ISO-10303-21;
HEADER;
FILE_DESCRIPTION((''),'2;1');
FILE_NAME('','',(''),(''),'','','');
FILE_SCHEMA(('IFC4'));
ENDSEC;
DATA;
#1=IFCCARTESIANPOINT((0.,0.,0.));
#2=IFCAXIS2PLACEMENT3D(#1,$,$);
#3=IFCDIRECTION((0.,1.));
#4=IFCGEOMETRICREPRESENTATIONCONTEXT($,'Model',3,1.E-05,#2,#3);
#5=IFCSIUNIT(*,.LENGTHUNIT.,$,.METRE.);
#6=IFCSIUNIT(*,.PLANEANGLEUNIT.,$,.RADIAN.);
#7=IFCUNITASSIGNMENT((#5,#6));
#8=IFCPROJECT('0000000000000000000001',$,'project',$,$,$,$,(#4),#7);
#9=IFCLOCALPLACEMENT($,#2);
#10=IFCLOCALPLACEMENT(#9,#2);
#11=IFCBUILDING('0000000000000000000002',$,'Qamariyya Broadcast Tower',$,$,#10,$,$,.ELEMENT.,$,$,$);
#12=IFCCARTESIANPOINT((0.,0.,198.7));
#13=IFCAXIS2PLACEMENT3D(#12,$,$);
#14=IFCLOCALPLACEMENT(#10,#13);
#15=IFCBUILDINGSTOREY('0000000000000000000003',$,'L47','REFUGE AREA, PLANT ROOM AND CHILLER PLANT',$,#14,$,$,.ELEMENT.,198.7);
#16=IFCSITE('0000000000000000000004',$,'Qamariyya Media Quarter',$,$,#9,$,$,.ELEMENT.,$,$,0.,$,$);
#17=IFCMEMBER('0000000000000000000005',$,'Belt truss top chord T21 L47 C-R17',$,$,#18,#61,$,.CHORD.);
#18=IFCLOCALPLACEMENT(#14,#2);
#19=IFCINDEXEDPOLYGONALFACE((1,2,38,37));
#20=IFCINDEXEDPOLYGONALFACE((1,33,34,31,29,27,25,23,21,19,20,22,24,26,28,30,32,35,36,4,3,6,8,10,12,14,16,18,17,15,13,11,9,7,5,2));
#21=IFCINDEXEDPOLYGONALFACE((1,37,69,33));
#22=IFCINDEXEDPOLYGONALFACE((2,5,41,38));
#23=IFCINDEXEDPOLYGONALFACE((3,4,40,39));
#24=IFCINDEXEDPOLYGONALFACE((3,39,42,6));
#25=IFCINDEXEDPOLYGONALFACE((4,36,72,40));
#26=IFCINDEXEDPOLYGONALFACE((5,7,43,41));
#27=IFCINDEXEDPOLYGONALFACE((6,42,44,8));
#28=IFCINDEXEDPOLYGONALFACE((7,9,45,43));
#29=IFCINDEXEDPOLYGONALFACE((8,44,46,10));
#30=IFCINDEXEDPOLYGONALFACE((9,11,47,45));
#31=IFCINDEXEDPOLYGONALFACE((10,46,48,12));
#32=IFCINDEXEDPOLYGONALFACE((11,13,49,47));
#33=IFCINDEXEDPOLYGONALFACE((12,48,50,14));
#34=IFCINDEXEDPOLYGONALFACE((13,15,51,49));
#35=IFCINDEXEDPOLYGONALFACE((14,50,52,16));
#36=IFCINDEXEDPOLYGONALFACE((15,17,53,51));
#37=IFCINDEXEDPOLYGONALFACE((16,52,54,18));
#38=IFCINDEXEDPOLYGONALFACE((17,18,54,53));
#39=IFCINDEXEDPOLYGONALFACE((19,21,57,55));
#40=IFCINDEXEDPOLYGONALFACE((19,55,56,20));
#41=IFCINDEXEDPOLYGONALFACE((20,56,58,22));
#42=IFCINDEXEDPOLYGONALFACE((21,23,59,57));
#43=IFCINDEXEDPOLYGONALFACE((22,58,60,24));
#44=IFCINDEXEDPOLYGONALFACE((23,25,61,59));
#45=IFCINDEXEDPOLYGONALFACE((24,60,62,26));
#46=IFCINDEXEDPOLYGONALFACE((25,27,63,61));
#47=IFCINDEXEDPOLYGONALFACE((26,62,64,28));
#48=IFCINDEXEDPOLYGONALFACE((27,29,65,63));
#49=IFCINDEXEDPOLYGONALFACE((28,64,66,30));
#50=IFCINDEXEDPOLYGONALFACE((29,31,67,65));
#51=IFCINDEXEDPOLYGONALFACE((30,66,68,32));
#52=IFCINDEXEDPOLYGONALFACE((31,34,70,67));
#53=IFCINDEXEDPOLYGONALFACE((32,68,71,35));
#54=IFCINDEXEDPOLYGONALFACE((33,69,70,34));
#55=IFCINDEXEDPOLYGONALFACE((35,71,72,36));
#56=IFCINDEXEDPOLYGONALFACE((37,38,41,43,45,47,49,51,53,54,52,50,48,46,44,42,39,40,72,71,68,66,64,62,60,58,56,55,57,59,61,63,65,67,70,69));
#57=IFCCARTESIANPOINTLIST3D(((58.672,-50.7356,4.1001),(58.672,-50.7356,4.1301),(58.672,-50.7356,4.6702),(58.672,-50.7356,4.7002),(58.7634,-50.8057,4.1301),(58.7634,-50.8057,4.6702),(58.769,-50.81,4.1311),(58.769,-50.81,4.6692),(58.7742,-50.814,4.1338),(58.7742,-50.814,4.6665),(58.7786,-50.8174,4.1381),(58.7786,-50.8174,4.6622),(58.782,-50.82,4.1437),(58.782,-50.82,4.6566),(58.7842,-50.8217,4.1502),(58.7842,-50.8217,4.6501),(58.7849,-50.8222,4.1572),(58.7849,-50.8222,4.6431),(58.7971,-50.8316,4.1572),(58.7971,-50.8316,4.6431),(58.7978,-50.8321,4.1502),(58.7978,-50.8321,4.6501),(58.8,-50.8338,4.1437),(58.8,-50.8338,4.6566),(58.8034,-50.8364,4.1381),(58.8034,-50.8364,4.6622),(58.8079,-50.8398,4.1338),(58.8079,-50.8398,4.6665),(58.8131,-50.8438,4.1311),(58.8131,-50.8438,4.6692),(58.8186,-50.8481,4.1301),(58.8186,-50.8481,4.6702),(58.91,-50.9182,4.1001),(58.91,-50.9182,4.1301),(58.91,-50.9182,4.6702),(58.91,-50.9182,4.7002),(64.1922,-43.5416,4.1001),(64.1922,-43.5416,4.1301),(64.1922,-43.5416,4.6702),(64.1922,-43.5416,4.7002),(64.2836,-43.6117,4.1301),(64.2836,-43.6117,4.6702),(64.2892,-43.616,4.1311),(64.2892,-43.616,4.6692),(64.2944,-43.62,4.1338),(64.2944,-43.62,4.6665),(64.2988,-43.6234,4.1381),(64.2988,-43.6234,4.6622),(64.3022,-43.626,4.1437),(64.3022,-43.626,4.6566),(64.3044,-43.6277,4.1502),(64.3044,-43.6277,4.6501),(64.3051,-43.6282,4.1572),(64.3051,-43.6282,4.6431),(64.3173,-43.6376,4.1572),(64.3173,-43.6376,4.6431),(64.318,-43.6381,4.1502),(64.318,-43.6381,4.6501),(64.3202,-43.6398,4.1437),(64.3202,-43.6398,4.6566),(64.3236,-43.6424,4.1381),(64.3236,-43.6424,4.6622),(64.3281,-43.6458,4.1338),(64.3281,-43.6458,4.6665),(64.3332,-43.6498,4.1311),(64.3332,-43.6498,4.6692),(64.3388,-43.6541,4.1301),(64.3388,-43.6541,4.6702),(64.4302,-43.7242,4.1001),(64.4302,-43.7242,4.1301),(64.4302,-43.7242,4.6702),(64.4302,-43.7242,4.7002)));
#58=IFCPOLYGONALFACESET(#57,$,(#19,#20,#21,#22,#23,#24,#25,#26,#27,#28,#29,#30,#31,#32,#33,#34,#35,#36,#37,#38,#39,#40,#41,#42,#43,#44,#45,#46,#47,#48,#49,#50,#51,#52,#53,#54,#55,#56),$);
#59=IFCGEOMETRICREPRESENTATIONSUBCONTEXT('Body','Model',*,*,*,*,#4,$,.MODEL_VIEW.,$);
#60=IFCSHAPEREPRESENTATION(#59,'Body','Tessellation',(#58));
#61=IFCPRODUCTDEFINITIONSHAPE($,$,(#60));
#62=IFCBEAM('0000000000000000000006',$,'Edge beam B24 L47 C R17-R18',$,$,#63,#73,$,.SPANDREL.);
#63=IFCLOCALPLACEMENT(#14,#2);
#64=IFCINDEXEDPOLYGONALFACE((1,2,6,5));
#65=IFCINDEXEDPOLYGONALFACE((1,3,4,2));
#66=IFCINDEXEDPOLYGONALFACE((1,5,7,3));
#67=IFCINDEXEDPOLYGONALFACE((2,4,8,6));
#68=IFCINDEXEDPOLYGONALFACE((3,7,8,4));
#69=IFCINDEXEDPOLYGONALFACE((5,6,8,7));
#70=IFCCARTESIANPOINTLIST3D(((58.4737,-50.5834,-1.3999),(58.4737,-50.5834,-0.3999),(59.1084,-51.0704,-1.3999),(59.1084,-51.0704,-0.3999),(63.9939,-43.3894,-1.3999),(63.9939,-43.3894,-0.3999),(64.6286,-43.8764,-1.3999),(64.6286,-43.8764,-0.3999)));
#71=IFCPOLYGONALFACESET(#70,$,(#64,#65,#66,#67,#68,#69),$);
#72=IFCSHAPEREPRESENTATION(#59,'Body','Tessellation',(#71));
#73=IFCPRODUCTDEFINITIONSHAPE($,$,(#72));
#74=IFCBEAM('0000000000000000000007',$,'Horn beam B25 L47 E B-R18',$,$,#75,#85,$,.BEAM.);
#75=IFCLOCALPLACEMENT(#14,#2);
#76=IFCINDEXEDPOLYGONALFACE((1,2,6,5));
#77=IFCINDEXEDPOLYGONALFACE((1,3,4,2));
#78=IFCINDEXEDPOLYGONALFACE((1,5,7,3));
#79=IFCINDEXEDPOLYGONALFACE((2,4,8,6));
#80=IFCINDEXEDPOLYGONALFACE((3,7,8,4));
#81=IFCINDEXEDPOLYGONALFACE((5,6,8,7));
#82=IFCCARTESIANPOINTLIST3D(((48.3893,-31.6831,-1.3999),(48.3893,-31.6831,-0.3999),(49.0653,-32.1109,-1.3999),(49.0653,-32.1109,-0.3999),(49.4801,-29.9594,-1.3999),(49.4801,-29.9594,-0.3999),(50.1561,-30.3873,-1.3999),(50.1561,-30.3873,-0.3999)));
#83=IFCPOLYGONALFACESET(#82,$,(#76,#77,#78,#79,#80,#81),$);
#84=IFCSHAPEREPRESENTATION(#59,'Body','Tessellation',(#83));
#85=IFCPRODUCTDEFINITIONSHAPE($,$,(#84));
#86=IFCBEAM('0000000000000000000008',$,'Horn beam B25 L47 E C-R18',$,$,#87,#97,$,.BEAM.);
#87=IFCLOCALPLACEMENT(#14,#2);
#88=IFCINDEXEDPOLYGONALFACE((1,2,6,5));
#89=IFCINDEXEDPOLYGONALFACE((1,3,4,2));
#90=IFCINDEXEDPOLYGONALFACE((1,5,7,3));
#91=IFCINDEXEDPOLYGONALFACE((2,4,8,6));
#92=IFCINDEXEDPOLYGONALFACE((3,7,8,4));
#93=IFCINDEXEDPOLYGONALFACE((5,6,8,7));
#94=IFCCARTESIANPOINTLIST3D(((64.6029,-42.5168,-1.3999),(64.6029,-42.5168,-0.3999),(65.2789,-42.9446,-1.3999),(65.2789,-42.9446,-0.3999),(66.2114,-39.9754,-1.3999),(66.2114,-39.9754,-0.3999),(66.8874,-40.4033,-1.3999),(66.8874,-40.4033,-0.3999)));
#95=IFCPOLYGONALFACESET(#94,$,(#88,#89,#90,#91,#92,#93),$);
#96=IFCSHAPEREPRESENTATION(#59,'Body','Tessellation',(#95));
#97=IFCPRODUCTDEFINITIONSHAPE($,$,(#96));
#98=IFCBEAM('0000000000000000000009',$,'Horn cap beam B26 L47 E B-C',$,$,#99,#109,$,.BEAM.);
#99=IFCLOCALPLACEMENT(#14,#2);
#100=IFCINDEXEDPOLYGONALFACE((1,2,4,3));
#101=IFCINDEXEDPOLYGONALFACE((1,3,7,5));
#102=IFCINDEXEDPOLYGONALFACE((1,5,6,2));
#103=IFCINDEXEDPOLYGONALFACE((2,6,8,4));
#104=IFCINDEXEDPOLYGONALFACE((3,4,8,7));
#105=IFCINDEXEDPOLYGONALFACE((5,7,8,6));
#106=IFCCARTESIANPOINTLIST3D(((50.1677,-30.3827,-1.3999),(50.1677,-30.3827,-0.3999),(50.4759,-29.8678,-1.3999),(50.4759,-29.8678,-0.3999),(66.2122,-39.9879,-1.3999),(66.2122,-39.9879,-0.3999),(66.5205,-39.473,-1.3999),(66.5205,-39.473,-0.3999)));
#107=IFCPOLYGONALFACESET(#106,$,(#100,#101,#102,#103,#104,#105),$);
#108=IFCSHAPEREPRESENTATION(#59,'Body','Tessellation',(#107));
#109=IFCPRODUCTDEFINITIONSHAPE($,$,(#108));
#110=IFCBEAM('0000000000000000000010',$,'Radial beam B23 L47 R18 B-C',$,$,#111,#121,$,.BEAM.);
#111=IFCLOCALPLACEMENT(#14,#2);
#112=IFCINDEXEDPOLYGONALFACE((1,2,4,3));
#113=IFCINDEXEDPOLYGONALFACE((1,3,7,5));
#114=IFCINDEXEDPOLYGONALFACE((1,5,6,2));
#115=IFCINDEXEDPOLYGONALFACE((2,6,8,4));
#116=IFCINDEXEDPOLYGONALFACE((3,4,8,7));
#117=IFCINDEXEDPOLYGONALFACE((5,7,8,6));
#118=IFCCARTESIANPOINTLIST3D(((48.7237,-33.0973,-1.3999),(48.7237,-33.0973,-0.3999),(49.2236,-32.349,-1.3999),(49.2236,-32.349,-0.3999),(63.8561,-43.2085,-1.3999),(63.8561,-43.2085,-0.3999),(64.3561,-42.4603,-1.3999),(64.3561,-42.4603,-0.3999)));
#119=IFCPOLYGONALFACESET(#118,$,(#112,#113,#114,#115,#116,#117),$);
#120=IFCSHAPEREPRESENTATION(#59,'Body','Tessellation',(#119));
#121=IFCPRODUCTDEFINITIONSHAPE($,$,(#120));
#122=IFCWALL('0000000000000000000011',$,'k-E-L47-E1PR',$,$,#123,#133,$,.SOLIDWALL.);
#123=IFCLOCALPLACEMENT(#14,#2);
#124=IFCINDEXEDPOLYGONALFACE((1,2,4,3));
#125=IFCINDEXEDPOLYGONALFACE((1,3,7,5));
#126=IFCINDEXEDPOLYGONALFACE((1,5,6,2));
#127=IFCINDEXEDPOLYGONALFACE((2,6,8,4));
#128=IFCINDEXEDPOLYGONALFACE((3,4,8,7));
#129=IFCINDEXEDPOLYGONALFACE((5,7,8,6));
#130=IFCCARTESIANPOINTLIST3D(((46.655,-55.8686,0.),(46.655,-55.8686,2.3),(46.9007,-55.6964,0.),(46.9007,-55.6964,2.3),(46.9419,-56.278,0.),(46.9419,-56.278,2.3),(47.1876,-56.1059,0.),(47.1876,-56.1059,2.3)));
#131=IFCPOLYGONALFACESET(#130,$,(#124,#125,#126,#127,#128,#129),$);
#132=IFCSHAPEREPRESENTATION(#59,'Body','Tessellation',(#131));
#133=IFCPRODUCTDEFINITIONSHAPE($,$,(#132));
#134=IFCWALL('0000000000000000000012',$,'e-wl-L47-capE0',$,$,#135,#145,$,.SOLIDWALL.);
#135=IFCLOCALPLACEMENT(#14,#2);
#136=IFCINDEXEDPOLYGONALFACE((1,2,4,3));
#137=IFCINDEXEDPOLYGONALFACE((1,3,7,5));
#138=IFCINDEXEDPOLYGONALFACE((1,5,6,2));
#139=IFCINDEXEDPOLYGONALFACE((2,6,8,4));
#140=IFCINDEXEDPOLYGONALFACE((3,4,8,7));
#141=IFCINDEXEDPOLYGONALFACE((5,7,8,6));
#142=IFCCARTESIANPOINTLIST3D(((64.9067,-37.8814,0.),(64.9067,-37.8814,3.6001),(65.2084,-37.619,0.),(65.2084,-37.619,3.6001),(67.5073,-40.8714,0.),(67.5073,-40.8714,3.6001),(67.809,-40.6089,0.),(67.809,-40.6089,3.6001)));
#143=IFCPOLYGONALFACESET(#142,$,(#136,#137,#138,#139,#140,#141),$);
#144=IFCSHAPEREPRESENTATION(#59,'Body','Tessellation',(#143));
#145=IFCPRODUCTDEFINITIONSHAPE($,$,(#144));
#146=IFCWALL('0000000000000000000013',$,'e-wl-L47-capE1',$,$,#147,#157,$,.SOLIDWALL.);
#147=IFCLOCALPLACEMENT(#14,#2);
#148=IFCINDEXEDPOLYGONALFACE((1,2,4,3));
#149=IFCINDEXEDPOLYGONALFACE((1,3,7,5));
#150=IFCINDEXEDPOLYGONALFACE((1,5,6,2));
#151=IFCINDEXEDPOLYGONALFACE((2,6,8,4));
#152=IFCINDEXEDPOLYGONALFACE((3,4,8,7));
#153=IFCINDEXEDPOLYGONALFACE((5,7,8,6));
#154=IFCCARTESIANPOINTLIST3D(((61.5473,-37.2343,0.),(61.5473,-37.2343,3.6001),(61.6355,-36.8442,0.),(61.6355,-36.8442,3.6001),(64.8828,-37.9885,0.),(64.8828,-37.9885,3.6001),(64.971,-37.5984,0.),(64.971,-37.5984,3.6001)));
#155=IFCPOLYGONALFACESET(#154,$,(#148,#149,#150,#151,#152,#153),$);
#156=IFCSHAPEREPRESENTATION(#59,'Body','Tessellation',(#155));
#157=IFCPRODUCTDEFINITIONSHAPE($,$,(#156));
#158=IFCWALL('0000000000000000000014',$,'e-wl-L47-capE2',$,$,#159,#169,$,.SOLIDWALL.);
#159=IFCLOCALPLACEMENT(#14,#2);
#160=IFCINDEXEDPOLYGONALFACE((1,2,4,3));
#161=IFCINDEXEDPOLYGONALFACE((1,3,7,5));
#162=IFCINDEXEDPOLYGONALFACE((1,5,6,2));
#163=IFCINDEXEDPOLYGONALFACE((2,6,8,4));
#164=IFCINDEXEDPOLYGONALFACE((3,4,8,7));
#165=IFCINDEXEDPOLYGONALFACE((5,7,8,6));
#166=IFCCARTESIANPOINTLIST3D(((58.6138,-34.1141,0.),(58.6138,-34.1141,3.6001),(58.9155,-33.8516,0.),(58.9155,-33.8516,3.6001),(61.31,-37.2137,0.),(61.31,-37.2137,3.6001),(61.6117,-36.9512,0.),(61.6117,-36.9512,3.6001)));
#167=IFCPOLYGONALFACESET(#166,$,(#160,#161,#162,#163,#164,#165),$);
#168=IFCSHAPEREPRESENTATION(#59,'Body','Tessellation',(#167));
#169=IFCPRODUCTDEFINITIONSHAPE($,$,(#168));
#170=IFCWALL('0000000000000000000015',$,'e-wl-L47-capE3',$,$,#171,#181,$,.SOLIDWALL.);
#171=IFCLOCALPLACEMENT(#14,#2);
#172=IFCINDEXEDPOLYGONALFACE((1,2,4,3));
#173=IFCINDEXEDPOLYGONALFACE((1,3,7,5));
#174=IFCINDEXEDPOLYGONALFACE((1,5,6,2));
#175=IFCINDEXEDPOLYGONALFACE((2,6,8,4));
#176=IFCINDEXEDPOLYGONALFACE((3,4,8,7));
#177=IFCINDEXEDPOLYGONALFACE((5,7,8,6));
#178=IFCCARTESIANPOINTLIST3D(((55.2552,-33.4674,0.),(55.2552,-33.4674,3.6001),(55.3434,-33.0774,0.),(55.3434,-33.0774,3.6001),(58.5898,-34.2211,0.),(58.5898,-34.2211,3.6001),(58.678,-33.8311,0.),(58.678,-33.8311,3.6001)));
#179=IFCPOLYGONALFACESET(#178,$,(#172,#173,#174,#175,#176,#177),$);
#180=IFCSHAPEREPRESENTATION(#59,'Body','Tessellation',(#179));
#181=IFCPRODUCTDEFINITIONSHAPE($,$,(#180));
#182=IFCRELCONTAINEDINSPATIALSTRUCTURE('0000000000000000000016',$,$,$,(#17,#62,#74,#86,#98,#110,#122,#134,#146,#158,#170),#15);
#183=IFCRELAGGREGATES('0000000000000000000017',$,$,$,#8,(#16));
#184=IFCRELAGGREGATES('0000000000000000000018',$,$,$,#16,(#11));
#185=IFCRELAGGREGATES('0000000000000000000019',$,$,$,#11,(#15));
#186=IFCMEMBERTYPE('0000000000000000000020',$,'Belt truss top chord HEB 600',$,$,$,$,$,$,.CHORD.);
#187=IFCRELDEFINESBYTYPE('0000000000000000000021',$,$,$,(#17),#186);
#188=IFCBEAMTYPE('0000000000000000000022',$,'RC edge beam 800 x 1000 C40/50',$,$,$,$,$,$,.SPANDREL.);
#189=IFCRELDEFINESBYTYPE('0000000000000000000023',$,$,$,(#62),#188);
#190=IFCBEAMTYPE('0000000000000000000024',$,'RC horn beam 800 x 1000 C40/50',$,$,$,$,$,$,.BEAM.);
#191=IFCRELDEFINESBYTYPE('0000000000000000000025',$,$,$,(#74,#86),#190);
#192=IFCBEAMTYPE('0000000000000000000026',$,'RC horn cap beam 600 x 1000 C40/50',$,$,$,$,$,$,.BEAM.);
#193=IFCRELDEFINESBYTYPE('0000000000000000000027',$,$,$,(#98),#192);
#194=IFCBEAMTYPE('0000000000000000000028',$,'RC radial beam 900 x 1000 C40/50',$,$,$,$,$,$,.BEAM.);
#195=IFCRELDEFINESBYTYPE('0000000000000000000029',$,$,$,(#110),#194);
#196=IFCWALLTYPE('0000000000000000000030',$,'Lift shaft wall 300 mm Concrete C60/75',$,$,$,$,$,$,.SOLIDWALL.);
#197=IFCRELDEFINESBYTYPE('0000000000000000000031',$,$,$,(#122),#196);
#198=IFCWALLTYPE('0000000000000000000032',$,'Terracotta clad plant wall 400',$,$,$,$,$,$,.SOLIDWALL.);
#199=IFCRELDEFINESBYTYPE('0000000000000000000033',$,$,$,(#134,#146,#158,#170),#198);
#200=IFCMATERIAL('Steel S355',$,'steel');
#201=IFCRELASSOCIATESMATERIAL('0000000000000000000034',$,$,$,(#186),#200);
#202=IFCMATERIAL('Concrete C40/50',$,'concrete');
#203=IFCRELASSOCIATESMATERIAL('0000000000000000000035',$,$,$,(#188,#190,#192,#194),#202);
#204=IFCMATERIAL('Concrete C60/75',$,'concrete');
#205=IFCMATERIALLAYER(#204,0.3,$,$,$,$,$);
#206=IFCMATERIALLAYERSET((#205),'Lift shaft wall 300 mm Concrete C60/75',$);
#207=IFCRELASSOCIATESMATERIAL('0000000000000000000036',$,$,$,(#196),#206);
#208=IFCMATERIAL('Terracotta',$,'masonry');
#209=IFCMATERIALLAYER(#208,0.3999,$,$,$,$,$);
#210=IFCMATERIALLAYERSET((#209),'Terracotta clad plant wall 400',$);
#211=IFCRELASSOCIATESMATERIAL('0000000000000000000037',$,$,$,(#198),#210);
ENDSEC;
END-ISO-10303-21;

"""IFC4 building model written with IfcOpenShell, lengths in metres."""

from ifc_helpers import new_model, si_unit, direction, frame, frame_2d, origin, origin_2d, place, context, subcontext, project, spatial, rectangle, i_section, extrude, material, layer, layer_set, material_profile, profile_set, type_object, element, save


model = new_model("IFC4")

# Units and contexts
model_context = context("Model", 3, precision=1e-05, world=origin(), true_north=direction((0.0, 1.0)))
body_context = subcontext(model_context, "Body", "Model", "MODEL_VIEW")
ifc_project = project(units=[si_unit("LENGTHUNIT", "METRE"), si_unit("PLANEANGLEUNIT", "RADIAN")], contexts=[model_context])

# Site, building, storey
site_placement = place(None, origin())
site = spatial("IfcSite", under=ifc_project, at=site_placement, Name="Qamariyya Media Quarter", CompositionType="ELEMENT", RefElevation=0.0)
building_placement = place(site_placement, origin())
building = spatial("IfcBuilding", under=site, at=building_placement, Name="Qamariyya Broadcast Tower", CompositionType="ELEMENT")
storey_placement = place(building_placement, frame((0.0, 0.0, 198.7)))
storey = spatial("IfcBuildingStorey", under=building, at=storey_placement, Name="L47", Description="REFUGE AREA, PLANT ROOM AND CHILLER PLANT", CompositionType="ELEMENT", Elevation=198.7)

# Shared definitions
ifc_material_1 = material(Name="Concrete C60/75", Category="concrete")

# Member
ifc_material_2 = material(Name="Steel S355", Category="steel")
ifc_material_profile_1 = material_profile(ifc_material_2, i_section(OverallWidth=0.3, OverallDepth=0.6001, WebThickness=0.0154, FlangeThickness=0.03, FilletRadius=0.0271, at=origin_2d()))
ifc_profile_set_1 = profile_set([ifc_material_profile_1], Name="Steel S355")
member_type_1 = type_object("IfcMemberType", Name="Belt truss top chord HEB 600", PredefinedType="CHORD", material=ifc_profile_set_1)
member_1_placement = place(storey_placement, frame((58.791, -50.8269, 4.4001), z_axis=(0.608764, 0.793351, 0.0), x_axis=(-0.793351, 0.608764, 0.0)))
element("IfcMember", 1, at=member_1_placement, inside=storey, type_object=member_type_1, Name="Belt truss top chord T21 L47 C-R17", PredefinedType="CHORD", context=body_context, shape_type="SweptSolid", body=[
    extrude(i_section(OverallWidth=0.3, OverallDepth=0.6001, WebThickness=0.0154, FlangeThickness=0.03, FilletRadius=0.0271, at=origin_2d()), origin(), (0.0, 0.0, 1.0), 9.0679),
])

# Beams
ifc_material_3 = material(Name="Concrete C40/50", Category="concrete")
ifc_material_profile_2 = material_profile(ifc_material_3, rectangle(XDim=0.8, YDim=1.0, at=origin_2d()))
ifc_profile_set_2 = profile_set([ifc_material_profile_2], Name="Concrete C40/50")
beam_type_1 = type_object("IfcBeamType", Name="RC edge beam 800 x 1000 C40/50", PredefinedType="SPANDREL", material=ifc_profile_set_2)
beam_1_placement = place(storey_placement, frame((58.791, -50.8269, -0.8999), z_axis=(0.608764, 0.793351, 0.0), x_axis=(-0.793351, 0.608764, 0.0)))
element("IfcBeam", 2, at=beam_1_placement, inside=storey, type_object=beam_type_1, Name="Edge beam B24 L47 C R17-R18", PredefinedType="SPANDREL", context=body_context, shape_type="SweptSolid", body=[
    extrude(rectangle(XDim=0.8, YDim=1.0, at=origin_2d()), origin(), (0.0, 0.0, 1.0), 9.0679),
])
ifc_material_profile_3 = material_profile(ifc_material_3, rectangle(XDim=0.8, YDim=1.0, at=origin_2d()))
ifc_profile_set_3 = profile_set([ifc_material_profile_3], Name="Concrete C40/50")
beam_type_2 = type_object("IfcBeamType", Name="RC horn beam 800 x 1000 C40/50", PredefinedType="BEAM", material=ifc_profile_set_3)
beam_2_placement = place(storey_placement, frame((48.7273, -31.897, -0.8999), z_axis=(0.534767, 0.844999, 0.0), x_axis=(-0.844999, 0.534767, 0.0)))
element("IfcBeam", 3, at=beam_2_placement, inside=storey, type_object=beam_type_2, Name="Horn beam B25 L47 E B-R18", PredefinedType="BEAM", context=body_context, shape_type="SweptSolid", body=[
    extrude(rectangle(XDim=0.8, YDim=1.0, at=origin_2d()), origin(), (0.0, 0.0, 1.0), 2.0398),
])
beam_3_placement = place(storey_placement, frame((64.9409, -42.7307, -0.8999), z_axis=(0.534799, 0.844979, 0.0), x_axis=(-0.844979, 0.534799, 0.0)))
element("IfcBeam", 4, at=beam_3_placement, inside=storey, type_object=beam_type_2, Name="Horn beam B25 L47 E C-R18", PredefinedType="BEAM", context=body_context, shape_type="SweptSolid", body=[
    extrude(rectangle(XDim=0.8, YDim=1.0, at=origin_2d()), origin(), (0.0, 0.0, 1.0), 3.0076),
])
ifc_material_profile_4 = material_profile(ifc_material_3, rectangle(XDim=0.6001, YDim=1.0, at=origin_2d()))
ifc_profile_set_4 = profile_set([ifc_material_profile_4], Name="Concrete C40/50")
beam_type_3 = type_object("IfcBeamType", Name="RC horn cap beam 600 x 1000 C40/50", PredefinedType="BEAM", material=ifc_profile_set_4)
beam_4_placement = place(storey_placement, frame((50.3218, -30.1252, -0.8999), z_axis=(0.858002, -0.513647, 0.0), x_axis=(0.513647, 0.858002, 0.0)))
element("IfcBeam", 5, at=beam_4_placement, inside=storey, type_object=beam_type_3, Name="Horn cap beam B26 L47 E B-C", PredefinedType="BEAM", context=body_context, shape_type="SweptSolid", body=[
    extrude(rectangle(XDim=0.6001, YDim=1.0, at=origin_2d()), origin(), (0.0, 0.0, 1.0), 18.7),
])
ifc_material_profile_5 = material_profile(ifc_material_3, rectangle(XDim=0.8999, YDim=1.0, at=origin_2d()))
ifc_profile_set_5 = profile_set([ifc_material_profile_5], Name="Concrete C40/50")
beam_type_4 = type_object("IfcBeamType", Name="RC radial beam 900 x 1000 C40/50", PredefinedType="BEAM", material=ifc_profile_set_5)
beam_5_placement = place(storey_placement, frame((48.9736, -32.7231, -0.8999), z_axis=(0.831468, -0.555573, 0.0), x_axis=(0.555573, 0.831468, 0.0)))
element("IfcBeam", 6, at=beam_5_placement, inside=storey, type_object=beam_type_4, Name="Radial beam B23 L47 R18 B-C", PredefinedType="BEAM", context=body_context, shape_type="SweptSolid", body=[
    extrude(rectangle(XDim=0.8999, YDim=1.0, at=origin_2d()), origin(), (0.0, 0.0, 1.0), 18.1997),
])

# Walls
ifc_layer_1 = layer(ifc_material_1, 0.3)
ifc_layer_set_1 = layer_set([ifc_layer_1], Name="Lift shaft wall 300 mm Concrete C60/75")
wall_type_1 = type_object("IfcWallType", Name="Lift shaft wall 300 mm Concrete C60/75", PredefinedType="SOLIDWALL", material=ifc_layer_set_1)
wall_1_placement = place(storey_placement, frame((46.7778, -55.7825, 0.0), z_axis=(0.0, 0.0, 1.0), x_axis=(0.573823, -0.818979, 0.0)))
element("IfcWall", 7, at=wall_1_placement, inside=storey, type_object=wall_type_1, Name="k-E-L47-E1PR", PredefinedType="SOLIDWALL", context=body_context, shape_type="SweptSolid", body=[
    extrude(rectangle(XDim=0.5, YDim=0.3, at=frame_2d((0.25, 0.0))), origin(), (0.0, 0.0, 1.0), 2.3),
])
ifc_material_4 = material(Name="Terracotta", Category="masonry")
ifc_layer_2 = layer(ifc_material_4, 0.3999)
ifc_layer_set_2 = layer_set([ifc_layer_2], Name="Terracotta clad plant wall 400")
wall_type_2 = type_object("IfcWallType", Name="Terracotta clad plant wall 400", PredefinedType="SOLIDWALL", material=ifc_layer_set_2)
wall_2_placement = place(storey_placement, frame((67.6582, -40.7402, 0.0), z_axis=(0.0, 0.0, 1.0), x_axis=(-0.656264, 0.754531, 0.0)))
element("IfcWall", 8, at=wall_2_placement, inside=storey, type_object=wall_type_2, Name="e-wl-L47-capE0", PredefinedType="SOLIDWALL", context=body_context, shape_type="SweptSolid", body=[
    extrude(rectangle(XDim=3.9626, YDim=0.3999, at=frame_2d((1.9814, 0.0))), origin(), (0.0, 0.0, 1.0), 3.6001),
])
wall_3_placement = place(storey_placement, frame((64.927, -37.7935, 0.0), z_axis=(0.0, 0.0, 1.0), x_axis=(-0.975379, 0.220535, 0.0)))
element("IfcWall", 9, at=wall_3_placement, inside=storey, type_object=wall_type_2, Name="e-wl-L47-capE1", PredefinedType="SOLIDWALL", context=body_context, shape_type="SweptSolid", body=[
    extrude(rectangle(XDim=3.4197, YDim=0.3999, at=frame_2d((1.71, 0.0))), origin(), (0.0, 0.0, 1.0), 3.6001),
])
wall_4_placement = place(storey_placement, frame((61.4609, -37.0825, 0.0), z_axis=(0.0, 0.0, 1.0), x_axis=(-0.656314, 0.754488, 0.0)))
element("IfcWall", 10, at=wall_4_placement, inside=storey, type_object=wall_type_2, Name="e-wl-L47-capE2", PredefinedType="SOLIDWALL", context=body_context, shape_type="SweptSolid", body=[
    extrude(rectangle(XDim=4.1082, YDim=0.3999, at=frame_2d((2.0542, 0.0))), origin(), (0.0, 0.0, 1.0), 3.6001),
])
wall_5_placement = place(storey_placement, frame((58.634, -34.0261, 0.0), z_axis=(0.0, 0.0, 1.0), x_axis=(-0.975396, 0.22046, 0.0)))
element("IfcWall", 11, at=wall_5_placement, inside=storey, type_object=wall_type_2, Name="e-wl-L47-capE3", PredefinedType="SOLIDWALL", context=body_context, shape_type="SweptSolid", body=[
    extrude(rectangle(XDim=3.4187, YDim=0.3999, at=frame_2d((1.7095, 0.0))), origin(), (0.0, 0.0, 1.0), 3.6001),
])

save(model, "model.ifc")
